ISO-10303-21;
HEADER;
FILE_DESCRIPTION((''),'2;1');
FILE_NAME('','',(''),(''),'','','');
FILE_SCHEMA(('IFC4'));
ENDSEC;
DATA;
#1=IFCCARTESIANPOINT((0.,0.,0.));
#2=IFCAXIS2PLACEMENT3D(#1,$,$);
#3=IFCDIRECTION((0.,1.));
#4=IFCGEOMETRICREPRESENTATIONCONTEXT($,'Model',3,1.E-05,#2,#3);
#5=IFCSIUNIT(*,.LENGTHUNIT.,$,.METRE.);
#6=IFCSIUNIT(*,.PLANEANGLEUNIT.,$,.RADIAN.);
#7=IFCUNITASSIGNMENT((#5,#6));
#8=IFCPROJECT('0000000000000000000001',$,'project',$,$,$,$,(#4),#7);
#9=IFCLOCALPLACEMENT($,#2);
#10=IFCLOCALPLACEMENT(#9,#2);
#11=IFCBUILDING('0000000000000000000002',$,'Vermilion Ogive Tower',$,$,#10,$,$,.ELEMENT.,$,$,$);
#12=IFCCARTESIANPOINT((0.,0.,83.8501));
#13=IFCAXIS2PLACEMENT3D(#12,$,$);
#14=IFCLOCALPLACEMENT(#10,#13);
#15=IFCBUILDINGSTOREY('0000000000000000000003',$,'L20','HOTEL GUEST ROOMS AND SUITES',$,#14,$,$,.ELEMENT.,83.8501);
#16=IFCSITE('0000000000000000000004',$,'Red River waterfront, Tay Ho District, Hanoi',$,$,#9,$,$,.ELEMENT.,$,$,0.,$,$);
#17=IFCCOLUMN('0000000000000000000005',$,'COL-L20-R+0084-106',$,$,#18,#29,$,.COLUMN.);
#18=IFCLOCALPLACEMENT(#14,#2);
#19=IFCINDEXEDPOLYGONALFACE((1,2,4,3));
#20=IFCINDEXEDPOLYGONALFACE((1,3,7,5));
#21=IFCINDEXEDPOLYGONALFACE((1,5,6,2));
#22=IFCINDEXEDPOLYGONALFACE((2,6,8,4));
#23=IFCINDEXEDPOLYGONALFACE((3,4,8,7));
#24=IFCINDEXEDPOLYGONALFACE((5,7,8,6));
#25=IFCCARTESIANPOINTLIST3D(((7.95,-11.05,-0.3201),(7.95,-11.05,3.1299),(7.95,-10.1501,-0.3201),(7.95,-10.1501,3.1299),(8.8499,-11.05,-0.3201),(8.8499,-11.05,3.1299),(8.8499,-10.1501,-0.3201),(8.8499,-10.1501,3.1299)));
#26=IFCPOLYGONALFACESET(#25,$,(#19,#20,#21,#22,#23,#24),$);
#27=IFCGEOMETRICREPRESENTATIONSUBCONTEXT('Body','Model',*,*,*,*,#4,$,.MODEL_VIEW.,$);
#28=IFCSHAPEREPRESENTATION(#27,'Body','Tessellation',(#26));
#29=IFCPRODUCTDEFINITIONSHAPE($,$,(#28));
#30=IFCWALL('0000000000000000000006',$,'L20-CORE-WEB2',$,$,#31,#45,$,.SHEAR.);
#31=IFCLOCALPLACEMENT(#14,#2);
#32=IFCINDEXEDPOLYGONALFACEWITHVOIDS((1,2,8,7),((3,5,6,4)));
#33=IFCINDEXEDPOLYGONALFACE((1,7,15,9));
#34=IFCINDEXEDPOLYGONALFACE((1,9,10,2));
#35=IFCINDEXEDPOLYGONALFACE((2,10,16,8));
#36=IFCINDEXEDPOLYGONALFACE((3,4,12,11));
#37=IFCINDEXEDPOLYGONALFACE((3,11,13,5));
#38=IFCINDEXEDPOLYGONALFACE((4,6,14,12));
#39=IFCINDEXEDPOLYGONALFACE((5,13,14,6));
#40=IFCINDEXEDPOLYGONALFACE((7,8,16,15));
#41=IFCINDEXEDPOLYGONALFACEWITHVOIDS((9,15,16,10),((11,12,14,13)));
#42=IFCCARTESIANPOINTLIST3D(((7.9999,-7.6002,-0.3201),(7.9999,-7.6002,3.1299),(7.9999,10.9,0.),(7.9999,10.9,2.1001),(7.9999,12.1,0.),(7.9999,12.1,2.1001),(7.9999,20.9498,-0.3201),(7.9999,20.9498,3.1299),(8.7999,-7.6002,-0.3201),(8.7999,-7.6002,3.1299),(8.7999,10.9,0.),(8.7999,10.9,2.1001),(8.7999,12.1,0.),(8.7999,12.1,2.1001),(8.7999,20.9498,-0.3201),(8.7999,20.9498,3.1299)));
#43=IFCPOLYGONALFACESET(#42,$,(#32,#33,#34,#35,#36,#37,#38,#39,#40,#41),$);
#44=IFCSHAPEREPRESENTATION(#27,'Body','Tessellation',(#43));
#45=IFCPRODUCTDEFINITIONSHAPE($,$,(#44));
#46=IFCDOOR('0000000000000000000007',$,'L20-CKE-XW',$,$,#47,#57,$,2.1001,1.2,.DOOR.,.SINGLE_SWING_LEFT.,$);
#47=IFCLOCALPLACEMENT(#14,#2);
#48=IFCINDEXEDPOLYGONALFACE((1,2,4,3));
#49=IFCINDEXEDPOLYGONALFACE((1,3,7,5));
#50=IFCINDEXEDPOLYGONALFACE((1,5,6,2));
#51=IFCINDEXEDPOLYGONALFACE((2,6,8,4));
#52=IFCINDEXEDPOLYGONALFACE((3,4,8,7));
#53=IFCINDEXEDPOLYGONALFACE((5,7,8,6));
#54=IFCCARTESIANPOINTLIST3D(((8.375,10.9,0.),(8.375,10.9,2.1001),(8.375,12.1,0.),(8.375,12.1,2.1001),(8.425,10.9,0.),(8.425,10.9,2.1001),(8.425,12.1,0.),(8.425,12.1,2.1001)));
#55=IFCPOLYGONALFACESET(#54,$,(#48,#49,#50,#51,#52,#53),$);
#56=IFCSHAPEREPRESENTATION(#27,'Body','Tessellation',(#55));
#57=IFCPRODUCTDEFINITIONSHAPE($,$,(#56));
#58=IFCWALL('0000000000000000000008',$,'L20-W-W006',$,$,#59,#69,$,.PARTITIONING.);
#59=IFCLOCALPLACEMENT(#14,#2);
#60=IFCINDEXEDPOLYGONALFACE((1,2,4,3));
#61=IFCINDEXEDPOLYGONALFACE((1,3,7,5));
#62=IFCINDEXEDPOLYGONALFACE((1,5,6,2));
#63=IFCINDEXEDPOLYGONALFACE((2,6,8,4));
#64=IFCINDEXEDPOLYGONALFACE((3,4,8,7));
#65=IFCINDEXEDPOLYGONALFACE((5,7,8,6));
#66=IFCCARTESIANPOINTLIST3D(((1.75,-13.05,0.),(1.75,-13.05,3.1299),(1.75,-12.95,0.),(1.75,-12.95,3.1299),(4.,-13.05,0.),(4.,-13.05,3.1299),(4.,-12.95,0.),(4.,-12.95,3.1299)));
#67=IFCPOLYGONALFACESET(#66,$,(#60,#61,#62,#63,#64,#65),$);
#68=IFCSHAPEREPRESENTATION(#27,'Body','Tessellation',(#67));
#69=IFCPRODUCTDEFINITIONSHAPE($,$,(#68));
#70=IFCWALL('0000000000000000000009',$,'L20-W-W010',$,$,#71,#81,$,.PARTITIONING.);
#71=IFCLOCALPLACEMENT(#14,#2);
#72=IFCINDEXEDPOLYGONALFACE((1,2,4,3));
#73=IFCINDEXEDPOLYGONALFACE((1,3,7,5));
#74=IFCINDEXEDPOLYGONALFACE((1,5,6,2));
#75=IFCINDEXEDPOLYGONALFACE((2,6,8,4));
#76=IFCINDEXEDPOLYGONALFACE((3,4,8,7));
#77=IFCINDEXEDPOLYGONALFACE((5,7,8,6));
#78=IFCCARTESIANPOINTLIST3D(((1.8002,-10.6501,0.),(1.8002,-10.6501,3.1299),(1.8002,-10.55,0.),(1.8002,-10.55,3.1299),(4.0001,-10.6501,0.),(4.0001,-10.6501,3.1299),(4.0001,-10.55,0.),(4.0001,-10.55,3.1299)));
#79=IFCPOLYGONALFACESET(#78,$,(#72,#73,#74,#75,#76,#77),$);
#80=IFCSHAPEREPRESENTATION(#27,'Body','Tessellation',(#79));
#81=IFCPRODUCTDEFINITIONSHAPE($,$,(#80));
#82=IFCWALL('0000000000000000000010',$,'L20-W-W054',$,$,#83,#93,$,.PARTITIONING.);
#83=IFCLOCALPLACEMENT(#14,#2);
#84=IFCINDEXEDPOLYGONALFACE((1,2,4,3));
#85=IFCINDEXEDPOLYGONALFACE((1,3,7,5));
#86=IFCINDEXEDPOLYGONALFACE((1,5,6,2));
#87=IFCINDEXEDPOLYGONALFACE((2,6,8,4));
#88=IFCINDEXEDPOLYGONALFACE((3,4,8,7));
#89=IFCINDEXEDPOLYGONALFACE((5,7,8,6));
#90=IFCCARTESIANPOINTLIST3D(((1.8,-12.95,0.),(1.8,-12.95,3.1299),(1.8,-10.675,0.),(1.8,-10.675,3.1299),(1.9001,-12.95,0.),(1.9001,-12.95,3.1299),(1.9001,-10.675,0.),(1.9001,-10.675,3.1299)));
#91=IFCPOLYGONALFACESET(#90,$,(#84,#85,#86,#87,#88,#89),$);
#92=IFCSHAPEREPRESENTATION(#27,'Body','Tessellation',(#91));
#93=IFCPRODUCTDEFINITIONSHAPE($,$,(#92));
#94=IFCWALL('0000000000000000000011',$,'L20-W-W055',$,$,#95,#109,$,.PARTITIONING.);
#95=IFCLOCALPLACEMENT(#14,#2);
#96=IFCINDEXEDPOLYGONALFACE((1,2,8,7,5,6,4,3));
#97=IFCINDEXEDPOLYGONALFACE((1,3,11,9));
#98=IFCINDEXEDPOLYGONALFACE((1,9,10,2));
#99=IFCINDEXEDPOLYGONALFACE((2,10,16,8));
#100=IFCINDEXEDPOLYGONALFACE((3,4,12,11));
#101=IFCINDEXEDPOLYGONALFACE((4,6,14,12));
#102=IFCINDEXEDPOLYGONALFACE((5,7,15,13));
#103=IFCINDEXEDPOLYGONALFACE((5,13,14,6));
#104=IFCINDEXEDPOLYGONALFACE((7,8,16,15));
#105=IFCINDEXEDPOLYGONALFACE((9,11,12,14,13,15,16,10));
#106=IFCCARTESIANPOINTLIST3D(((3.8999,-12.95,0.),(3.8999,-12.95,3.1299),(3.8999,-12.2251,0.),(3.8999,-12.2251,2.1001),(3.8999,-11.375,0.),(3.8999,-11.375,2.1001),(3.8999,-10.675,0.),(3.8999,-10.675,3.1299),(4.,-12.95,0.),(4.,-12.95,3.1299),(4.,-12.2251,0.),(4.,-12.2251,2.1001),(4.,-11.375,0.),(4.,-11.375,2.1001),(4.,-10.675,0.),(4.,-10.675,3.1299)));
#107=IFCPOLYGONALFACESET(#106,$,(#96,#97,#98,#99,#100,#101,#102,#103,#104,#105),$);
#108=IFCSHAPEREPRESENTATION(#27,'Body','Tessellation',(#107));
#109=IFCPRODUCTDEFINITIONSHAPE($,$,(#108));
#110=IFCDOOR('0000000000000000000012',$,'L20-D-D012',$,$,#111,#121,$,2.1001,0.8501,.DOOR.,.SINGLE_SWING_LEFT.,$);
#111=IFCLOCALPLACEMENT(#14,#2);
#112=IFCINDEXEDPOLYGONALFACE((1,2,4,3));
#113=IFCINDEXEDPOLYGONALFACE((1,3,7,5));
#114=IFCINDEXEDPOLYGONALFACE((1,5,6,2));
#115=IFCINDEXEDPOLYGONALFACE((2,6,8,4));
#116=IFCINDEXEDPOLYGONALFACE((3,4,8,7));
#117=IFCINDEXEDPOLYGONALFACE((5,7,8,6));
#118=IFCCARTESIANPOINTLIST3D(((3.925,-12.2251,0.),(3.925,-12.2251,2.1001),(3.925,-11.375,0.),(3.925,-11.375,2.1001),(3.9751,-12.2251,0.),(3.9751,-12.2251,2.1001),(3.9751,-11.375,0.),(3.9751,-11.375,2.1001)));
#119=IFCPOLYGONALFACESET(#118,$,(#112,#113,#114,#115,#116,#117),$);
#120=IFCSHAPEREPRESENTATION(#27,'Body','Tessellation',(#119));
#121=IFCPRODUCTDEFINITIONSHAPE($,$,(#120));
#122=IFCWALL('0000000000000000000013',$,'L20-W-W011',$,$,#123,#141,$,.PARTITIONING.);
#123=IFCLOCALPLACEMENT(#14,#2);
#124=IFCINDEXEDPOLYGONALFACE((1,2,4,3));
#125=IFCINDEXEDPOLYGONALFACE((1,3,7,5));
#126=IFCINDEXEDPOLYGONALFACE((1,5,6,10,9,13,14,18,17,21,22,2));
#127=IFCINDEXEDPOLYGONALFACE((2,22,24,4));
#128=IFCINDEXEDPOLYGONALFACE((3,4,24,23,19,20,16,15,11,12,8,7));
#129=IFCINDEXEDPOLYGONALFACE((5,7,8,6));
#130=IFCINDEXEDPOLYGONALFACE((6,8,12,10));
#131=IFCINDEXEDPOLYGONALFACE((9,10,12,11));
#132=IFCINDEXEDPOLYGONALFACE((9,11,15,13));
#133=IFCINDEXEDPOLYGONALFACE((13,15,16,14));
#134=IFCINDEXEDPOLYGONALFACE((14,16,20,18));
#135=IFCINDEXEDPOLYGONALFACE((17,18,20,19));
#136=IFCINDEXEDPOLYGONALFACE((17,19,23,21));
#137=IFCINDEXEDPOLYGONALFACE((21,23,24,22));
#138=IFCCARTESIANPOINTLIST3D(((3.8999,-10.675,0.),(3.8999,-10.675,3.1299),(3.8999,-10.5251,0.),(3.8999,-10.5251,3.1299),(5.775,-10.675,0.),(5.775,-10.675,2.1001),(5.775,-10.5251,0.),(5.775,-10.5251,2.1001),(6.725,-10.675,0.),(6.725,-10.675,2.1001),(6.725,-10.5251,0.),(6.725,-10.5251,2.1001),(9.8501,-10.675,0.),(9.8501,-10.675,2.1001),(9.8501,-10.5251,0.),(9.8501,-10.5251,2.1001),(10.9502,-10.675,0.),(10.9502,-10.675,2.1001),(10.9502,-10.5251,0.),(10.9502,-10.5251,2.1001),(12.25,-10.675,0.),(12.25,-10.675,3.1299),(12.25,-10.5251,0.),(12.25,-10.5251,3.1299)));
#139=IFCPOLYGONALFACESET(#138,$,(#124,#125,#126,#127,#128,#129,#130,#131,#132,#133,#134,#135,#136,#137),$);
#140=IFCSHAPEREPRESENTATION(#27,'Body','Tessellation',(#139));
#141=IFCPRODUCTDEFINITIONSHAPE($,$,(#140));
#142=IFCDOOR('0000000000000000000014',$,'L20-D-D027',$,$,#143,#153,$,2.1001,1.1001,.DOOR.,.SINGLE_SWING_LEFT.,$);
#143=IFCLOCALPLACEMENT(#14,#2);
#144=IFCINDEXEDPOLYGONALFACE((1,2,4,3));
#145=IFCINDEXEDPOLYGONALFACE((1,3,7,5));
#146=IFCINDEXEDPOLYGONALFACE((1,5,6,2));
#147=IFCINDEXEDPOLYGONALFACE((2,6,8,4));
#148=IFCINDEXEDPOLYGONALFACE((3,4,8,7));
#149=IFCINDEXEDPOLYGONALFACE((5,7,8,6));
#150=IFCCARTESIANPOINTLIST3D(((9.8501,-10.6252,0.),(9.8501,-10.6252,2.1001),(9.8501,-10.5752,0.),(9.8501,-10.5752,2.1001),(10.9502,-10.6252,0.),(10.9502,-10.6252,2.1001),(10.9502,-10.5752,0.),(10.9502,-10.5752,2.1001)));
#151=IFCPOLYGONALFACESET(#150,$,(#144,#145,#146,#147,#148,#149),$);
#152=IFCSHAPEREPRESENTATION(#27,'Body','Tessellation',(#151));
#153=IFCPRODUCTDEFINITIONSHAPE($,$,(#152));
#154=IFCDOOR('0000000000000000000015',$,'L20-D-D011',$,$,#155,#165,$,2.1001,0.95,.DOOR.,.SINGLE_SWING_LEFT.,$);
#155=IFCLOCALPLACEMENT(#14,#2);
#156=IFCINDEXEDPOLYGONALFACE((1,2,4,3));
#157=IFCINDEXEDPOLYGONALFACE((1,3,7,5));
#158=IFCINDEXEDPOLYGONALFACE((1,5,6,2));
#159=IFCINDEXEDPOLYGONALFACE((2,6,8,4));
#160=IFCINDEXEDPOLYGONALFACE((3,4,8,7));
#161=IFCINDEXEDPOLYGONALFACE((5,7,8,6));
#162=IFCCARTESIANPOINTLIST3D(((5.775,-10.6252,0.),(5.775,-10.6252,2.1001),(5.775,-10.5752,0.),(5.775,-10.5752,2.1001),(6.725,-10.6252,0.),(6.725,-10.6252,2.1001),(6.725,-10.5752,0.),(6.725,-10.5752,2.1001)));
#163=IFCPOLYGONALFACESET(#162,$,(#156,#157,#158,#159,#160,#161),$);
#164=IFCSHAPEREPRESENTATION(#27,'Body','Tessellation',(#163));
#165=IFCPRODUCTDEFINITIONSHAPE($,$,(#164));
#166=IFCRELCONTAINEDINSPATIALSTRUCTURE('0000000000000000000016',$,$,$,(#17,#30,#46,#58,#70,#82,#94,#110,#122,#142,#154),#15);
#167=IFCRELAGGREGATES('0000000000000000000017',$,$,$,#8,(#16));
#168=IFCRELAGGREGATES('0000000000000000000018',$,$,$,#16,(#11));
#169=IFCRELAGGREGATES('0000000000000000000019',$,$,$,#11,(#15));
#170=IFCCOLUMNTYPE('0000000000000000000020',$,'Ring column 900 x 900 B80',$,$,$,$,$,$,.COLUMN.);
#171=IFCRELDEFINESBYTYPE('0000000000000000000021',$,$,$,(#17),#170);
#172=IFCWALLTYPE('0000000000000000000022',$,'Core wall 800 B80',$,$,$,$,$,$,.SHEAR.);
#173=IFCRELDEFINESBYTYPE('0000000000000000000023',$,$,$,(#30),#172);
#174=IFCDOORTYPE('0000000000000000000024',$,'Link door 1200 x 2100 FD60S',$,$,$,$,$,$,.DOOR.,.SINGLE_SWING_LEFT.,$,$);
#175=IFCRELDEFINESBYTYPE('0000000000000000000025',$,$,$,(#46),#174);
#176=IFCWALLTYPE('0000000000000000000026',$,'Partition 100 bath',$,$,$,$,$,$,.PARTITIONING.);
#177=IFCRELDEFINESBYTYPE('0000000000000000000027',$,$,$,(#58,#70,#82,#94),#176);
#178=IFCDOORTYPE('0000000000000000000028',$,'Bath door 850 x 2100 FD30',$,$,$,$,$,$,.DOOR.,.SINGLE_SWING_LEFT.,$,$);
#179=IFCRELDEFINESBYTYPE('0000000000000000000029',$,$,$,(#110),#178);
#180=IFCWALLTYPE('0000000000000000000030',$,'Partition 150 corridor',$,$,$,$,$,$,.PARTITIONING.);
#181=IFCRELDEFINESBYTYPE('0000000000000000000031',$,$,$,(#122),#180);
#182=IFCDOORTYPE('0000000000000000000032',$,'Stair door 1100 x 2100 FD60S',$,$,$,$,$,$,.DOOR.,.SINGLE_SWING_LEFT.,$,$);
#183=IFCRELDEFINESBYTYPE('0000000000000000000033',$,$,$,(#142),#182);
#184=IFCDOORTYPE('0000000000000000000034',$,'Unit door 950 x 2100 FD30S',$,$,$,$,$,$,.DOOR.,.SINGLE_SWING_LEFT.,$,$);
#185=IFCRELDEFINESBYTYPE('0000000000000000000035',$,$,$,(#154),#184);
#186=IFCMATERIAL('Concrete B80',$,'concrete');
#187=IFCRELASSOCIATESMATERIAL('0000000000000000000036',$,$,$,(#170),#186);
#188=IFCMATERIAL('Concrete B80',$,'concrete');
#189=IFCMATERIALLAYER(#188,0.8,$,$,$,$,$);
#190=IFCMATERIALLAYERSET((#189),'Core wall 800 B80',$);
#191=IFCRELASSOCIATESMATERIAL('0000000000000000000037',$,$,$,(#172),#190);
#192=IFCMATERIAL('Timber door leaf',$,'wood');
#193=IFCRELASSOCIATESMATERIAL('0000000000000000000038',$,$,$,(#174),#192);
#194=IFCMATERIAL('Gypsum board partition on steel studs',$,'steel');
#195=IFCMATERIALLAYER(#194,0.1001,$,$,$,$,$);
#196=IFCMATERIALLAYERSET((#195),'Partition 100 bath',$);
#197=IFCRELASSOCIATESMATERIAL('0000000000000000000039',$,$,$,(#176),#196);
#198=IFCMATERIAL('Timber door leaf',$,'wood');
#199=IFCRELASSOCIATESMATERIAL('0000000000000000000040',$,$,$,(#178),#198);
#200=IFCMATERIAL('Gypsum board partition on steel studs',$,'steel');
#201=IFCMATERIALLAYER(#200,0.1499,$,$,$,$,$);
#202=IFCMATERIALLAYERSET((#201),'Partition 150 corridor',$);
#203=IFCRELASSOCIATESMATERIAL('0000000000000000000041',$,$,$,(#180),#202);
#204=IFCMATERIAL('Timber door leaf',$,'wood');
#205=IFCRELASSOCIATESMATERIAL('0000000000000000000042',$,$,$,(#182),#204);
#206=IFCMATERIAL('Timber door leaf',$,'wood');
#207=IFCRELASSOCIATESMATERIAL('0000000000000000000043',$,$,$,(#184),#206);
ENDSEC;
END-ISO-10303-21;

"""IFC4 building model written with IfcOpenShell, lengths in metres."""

from ifc_helpers import new_model, si_unit, direction, frame, frame_2d, origin, origin_2d, place, context, subcontext, project, spatial, rectangle, extrude, material, layer, layer_set, material_profile, profile_set, type_object, element, fill, save


model = new_model("IFC4")

# Units and contexts
model_context = context("Model", 3, precision=1e-05, world=origin(), true_north=direction((0.0, 1.0)))
body_context = subcontext(model_context, "Body", "Model", "MODEL_VIEW")
ifc_project = project(units=[si_unit("LENGTHUNIT", "METRE"), si_unit("PLANEANGLEUNIT", "RADIAN")], contexts=[model_context])

# Site, building, storey
site_placement = place(None, origin())
site = spatial("IfcSite", under=ifc_project, at=site_placement, Name="Red River waterfront, Tay Ho District, Hanoi", CompositionType="ELEMENT", RefElevation=0.0)
building_placement = place(site_placement, origin())
building = spatial("IfcBuilding", under=site, at=building_placement, Name="Vermilion Ogive Tower", CompositionType="ELEMENT")
storey_placement = place(building_placement, frame((0.0, 0.0, 83.8501)))
storey = spatial("IfcBuildingStorey", under=building, at=storey_placement, Name="L20", Description="HOTEL GUEST ROOMS AND SUITES", CompositionType="ELEMENT", Elevation=83.8501)

# Column
ifc_material_1 = material(Name="Concrete B80", Category="concrete")
ifc_material_profile = material_profile(ifc_material_1, rectangle(XDim=0.8999, YDim=0.8999, at=origin_2d()), Name="900 x 900")
ifc_profile_set = profile_set([ifc_material_profile], Name="Concrete B80")
column_type = type_object("IfcColumnType", Name="Ring column 900 x 900 B80", PredefinedType="COLUMN", material=ifc_profile_set)
column_placement = place(storey_placement, frame((8.3999, -10.6001, -0.3201), z_axis=(0.0, 0.0, 1.0), x_axis=(1.0, 0.0, 0.0)))
element("IfcColumn", 1, at=column_placement, inside=storey, type_object=column_type, Name="COL-L20-R+0084-106", PredefinedType="COLUMN", context=body_context, shape_type="SweptSolid", body=[
    extrude(rectangle(XDim=0.8999, YDim=0.8999, at=origin_2d()), origin(), (0.0, 0.0, 1.0), 3.45),
])

# Wall, opening, door
ifc_material_2 = material(Name="Concrete B80", Category="concrete")
ifc_layer_1 = layer(ifc_material_2, 0.8)
ifc_layer_set_1 = layer_set([ifc_layer_1], Name="Core wall 800 B80")
wall_type_1 = type_object("IfcWallType", Name="Core wall 800 B80", PredefinedType="SHEAR", material=ifc_layer_set_1)
wall_1_placement = place(storey_placement, frame((8.3999, -7.6001, -0.3201), z_axis=(0.0, 0.0, 1.0), x_axis=(0.0, 1.0, 0.0)))
wall_1 = element("IfcWall", 2, at=wall_1_placement, inside=storey, type_object=wall_type_1, Name="L20-CORE-WEB2", PredefinedType="SHEAR", context=body_context, shape_type="SweptSolid", body=[
    extrude(rectangle(XDim=28.55, YDim=0.8, at=frame_2d((14.2749, 0.0))), origin(), (0.0, 0.0, 1.0), 3.45),
])
opening_1_placement = place(wall_1_placement, frame((18.5, 0.0, 0.3201)))
opening_1 = element("IfcOpeningElement", 3, at=opening_1_placement, cuts=wall_1, PredefinedType="OPENING", context=body_context, shape_type="SweptSolid", body=[
    extrude(rectangle(XDim=1.2, YDim=2.1001, at=frame_2d((0.6001, 1.05))), frame((0.0, 0.4099, 0.0), z_axis=(0.0, -1.0, 0.0), x_axis=(1.0, 0.0, 0.0)), (0.0, 0.0, 1.0), 0.8201),
])
ifc_material_3 = material(Name="Timber door leaf", Category="wood")
door_type_1 = type_object("IfcDoorType", Name="Link door 1200 x 2100 FD60S", OperationType="SINGLE_SWING_LEFT", PredefinedType="DOOR", material=ifc_material_3)
door_1_placement = place(opening_1_placement, origin())
door_1 = element("IfcDoor", 4, at=door_1_placement, inside=storey, type_object=door_type_1, Name="L20-CKE-XW", OperationType="SINGLE_SWING_LEFT", OverallHeight=2.1001, OverallWidth=1.2, PredefinedType="DOOR", context=body_context, shape_type="SweptSolid", body=[
    extrude(rectangle(XDim=1.2, YDim=2.1001, at=frame_2d((0.6001, 1.05))), frame((0.0, 0.0249, 0.0), z_axis=(0.0, -1.0, 0.0), x_axis=(1.0, 0.0, 0.0)), (0.0, 0.0, 1.0), 0.05),
])
fill(opening_1, door_1)

# Walls
ifc_material_4 = material(Name="Gypsum board partition on steel studs", Category="steel")
ifc_layer_2 = layer(ifc_material_4, 0.1001)
ifc_layer_set_2 = layer_set([ifc_layer_2], Name="Partition 100 bath")
wall_type_2 = type_object("IfcWallType", Name="Partition 100 bath", PredefinedType="PARTITIONING", material=ifc_layer_set_2)
wall_2_placement = place(storey_placement, frame((1.75, -13.0, 0.0), z_axis=(0.0, 0.0, 1.0), x_axis=(1.0, 0.0, 0.0)))
element("IfcWall", 5, at=wall_2_placement, inside=storey, type_object=wall_type_2, Name="L20-W-W006", PredefinedType="PARTITIONING", context=body_context, shape_type="SweptSolid", body=[
    extrude(rectangle(XDim=2.25, YDim=0.1001, at=frame_2d((1.125, 0.0))), origin(), (0.0, 0.0, 1.0), 3.1299),
])
wall_3_placement = place(storey_placement, frame((1.8, -10.6001, 0.0), z_axis=(0.0, 0.0, 1.0), x_axis=(1.0, 0.0, 0.0)))
element("IfcWall", 6, at=wall_3_placement, inside=storey, type_object=wall_type_2, Name="L20-W-W010", PredefinedType="PARTITIONING", context=body_context, shape_type="SweptSolid", body=[
    extrude(rectangle(XDim=2.2, YDim=0.1001, at=frame_2d((1.1001, 0.0))), origin(), (0.0, 0.0, 1.0), 3.1299),
])
wall_4_placement = place(storey_placement, frame((1.8501, -12.95, 0.0), z_axis=(0.0, 0.0, 1.0), x_axis=(0.0, 1.0, 0.0)))
element("IfcWall", 7, at=wall_4_placement, inside=storey, type_object=wall_type_2, Name="L20-W-W054", PredefinedType="PARTITIONING", context=body_context, shape_type="SweptSolid", body=[
    extrude(rectangle(XDim=2.2749, YDim=0.1001, at=frame_2d((1.1375, 0.0))), origin(), (0.0, 0.0, 1.0), 3.1299),
])

# Wall, opening, door
wall_5_placement = place(storey_placement, frame((3.95, -12.95, 0.0), z_axis=(0.0, 0.0, 1.0), x_axis=(0.0, 1.0, 0.0)))
wall_5 = element("IfcWall", 8, at=wall_5_placement, inside=storey, type_object=wall_type_2, Name="L20-W-W055", PredefinedType="PARTITIONING", context=body_context, shape_type="SweptSolid", body=[
    extrude(rectangle(XDim=2.2749, YDim=0.1001, at=frame_2d((1.1375, 0.0))), origin(), (0.0, 0.0, 1.0), 3.1299),
])
opening_2_placement = place(wall_5_placement, frame((0.7249, 0.0, 0.0)))
opening_2 = element("IfcOpeningElement", 9, at=opening_2_placement, cuts=wall_5, PredefinedType="OPENING", context=body_context, shape_type="SweptSolid", body=[
    extrude(rectangle(XDim=0.8501, YDim=2.1001, at=frame_2d((0.425, 1.05))), frame((0.0, 0.0601, 0.0), z_axis=(0.0, -1.0, 0.0), x_axis=(1.0, 0.0, 0.0)), (0.0, 0.0, 1.0), 0.1201),
])
ifc_material_5 = material(Name="Timber door leaf", Category="wood")
door_type_2 = type_object("IfcDoorType", Name="Bath door 850 x 2100 FD30", OperationType="SINGLE_SWING_LEFT", PredefinedType="DOOR", material=ifc_material_5)
door_2_placement = place(opening_2_placement, origin())
door_2 = element("IfcDoor", 10, at=door_2_placement, inside=storey, type_object=door_type_2, Name="L20-D-D012", OperationType="SINGLE_SWING_LEFT", OverallHeight=2.1001, OverallWidth=0.8501, PredefinedType="DOOR", context=body_context, shape_type="SweptSolid", body=[
    extrude(rectangle(XDim=0.8501, YDim=2.1001, at=frame_2d((0.425, 1.05))), frame((0.0, 0.0249, 0.0), z_axis=(0.0, -1.0, 0.0), x_axis=(1.0, 0.0, 0.0)), (0.0, 0.0, 1.0), 0.05),
])
fill(opening_2, door_2)

# Wall, openings, doors
ifc_material_6 = material(Name="Gypsum board partition on steel studs", Category="steel")
ifc_layer_3 = layer(ifc_material_6, 0.1499)
ifc_layer_set_3 = layer_set([ifc_layer_3], Name="Partition 150 corridor")
wall_type_3 = type_object("IfcWallType", Name="Partition 150 corridor", PredefinedType="PARTITIONING", material=ifc_layer_set_3)
wall_6_placement = place(storey_placement, frame((3.8999, -10.6001, 0.0), z_axis=(0.0, 0.0, 1.0), x_axis=(1.0, 0.0, 0.0)))
wall_6 = element("IfcWall", 11, at=wall_6_placement, inside=storey, type_object=wall_type_3, Name="L20-W-W011", PredefinedType="PARTITIONING", context=body_context, shape_type="SweptSolid", body=[
    extrude(rectangle(XDim=8.3501, YDim=0.1499, at=frame_2d((4.175, 0.0))), origin(), (0.0, 0.0, 1.0), 3.1299),
])
opening_3_placement = place(wall_6_placement, frame((1.875, 0.0, 0.0)))
opening_3 = element("IfcOpeningElement", 12, at=opening_3_placement, cuts=wall_6, PredefinedType="OPENING", context=body_context, shape_type="SweptSolid", body=[
    extrude(rectangle(XDim=0.95, YDim=2.1001, at=frame_2d((0.4751, 1.05))), frame((0.0, 0.085, 0.0), z_axis=(0.0, -1.0, 0.0), x_axis=(1.0, 0.0, 0.0)), (0.0, 0.0, 1.0), 0.1699),
])
opening_4_placement = place(wall_6_placement, frame((5.9502, 0.0, 0.0)))
opening_4 = element("IfcOpeningElement", 13, at=opening_4_placement, cuts=wall_6, PredefinedType="OPENING", context=body_context, shape_type="SweptSolid", body=[
    extrude(rectangle(XDim=1.1001, YDim=2.1001, at=frame_2d((0.55, 1.05))), frame((0.0, 0.085, 0.0), z_axis=(0.0, -1.0, 0.0), x_axis=(1.0, 0.0, 0.0)), (0.0, 0.0, 1.0), 0.1699),
])
ifc_material_7 = material(Name="Timber door leaf", Category="wood")
door_type_3 = type_object("IfcDoorType", Name="Stair door 1100 x 2100 FD60S", OperationType="SINGLE_SWING_LEFT", PredefinedType="DOOR", material=ifc_material_7)
door_3_placement = place(opening_4_placement, origin())
door_3 = element("IfcDoor", 14, at=door_3_placement, inside=storey, type_object=door_type_3, Name="L20-D-D027", OperationType="SINGLE_SWING_LEFT", OverallHeight=2.1001, OverallWidth=1.1001, PredefinedType="DOOR", context=body_context, shape_type="SweptSolid", body=[
    extrude(rectangle(XDim=1.1001, YDim=2.1001, at=frame_2d((0.55, 1.05))), frame((0.0, 0.0249, 0.0), z_axis=(0.0, -1.0, 0.0), x_axis=(1.0, 0.0, 0.0)), (0.0, 0.0, 1.0), 0.05),
])
fill(opening_4, door_3)
ifc_material_8 = material(Name="Timber door leaf", Category="wood")
door_type_4 = type_object("IfcDoorType", Name="Unit door 950 x 2100 FD30S", OperationType="SINGLE_SWING_LEFT", PredefinedType="DOOR", material=ifc_material_8)
door_4_placement = place(opening_3_placement, origin())
door_4 = element("IfcDoor", 15, at=door_4_placement, inside=storey, type_object=door_type_4, Name="L20-D-D011", OperationType="SINGLE_SWING_LEFT", OverallHeight=2.1001, OverallWidth=0.95, PredefinedType="DOOR", context=body_context, shape_type="SweptSolid", body=[
    extrude(rectangle(XDim=0.95, YDim=2.1001, at=frame_2d((0.4751, 1.05))), frame((0.0, 0.0249, 0.0), z_axis=(0.0, -1.0, 0.0), x_axis=(1.0, 0.0, 0.0)), (0.0, 0.0, 1.0), 0.05),
])
fill(opening_3, door_4)

save(model, "model.ifc")
